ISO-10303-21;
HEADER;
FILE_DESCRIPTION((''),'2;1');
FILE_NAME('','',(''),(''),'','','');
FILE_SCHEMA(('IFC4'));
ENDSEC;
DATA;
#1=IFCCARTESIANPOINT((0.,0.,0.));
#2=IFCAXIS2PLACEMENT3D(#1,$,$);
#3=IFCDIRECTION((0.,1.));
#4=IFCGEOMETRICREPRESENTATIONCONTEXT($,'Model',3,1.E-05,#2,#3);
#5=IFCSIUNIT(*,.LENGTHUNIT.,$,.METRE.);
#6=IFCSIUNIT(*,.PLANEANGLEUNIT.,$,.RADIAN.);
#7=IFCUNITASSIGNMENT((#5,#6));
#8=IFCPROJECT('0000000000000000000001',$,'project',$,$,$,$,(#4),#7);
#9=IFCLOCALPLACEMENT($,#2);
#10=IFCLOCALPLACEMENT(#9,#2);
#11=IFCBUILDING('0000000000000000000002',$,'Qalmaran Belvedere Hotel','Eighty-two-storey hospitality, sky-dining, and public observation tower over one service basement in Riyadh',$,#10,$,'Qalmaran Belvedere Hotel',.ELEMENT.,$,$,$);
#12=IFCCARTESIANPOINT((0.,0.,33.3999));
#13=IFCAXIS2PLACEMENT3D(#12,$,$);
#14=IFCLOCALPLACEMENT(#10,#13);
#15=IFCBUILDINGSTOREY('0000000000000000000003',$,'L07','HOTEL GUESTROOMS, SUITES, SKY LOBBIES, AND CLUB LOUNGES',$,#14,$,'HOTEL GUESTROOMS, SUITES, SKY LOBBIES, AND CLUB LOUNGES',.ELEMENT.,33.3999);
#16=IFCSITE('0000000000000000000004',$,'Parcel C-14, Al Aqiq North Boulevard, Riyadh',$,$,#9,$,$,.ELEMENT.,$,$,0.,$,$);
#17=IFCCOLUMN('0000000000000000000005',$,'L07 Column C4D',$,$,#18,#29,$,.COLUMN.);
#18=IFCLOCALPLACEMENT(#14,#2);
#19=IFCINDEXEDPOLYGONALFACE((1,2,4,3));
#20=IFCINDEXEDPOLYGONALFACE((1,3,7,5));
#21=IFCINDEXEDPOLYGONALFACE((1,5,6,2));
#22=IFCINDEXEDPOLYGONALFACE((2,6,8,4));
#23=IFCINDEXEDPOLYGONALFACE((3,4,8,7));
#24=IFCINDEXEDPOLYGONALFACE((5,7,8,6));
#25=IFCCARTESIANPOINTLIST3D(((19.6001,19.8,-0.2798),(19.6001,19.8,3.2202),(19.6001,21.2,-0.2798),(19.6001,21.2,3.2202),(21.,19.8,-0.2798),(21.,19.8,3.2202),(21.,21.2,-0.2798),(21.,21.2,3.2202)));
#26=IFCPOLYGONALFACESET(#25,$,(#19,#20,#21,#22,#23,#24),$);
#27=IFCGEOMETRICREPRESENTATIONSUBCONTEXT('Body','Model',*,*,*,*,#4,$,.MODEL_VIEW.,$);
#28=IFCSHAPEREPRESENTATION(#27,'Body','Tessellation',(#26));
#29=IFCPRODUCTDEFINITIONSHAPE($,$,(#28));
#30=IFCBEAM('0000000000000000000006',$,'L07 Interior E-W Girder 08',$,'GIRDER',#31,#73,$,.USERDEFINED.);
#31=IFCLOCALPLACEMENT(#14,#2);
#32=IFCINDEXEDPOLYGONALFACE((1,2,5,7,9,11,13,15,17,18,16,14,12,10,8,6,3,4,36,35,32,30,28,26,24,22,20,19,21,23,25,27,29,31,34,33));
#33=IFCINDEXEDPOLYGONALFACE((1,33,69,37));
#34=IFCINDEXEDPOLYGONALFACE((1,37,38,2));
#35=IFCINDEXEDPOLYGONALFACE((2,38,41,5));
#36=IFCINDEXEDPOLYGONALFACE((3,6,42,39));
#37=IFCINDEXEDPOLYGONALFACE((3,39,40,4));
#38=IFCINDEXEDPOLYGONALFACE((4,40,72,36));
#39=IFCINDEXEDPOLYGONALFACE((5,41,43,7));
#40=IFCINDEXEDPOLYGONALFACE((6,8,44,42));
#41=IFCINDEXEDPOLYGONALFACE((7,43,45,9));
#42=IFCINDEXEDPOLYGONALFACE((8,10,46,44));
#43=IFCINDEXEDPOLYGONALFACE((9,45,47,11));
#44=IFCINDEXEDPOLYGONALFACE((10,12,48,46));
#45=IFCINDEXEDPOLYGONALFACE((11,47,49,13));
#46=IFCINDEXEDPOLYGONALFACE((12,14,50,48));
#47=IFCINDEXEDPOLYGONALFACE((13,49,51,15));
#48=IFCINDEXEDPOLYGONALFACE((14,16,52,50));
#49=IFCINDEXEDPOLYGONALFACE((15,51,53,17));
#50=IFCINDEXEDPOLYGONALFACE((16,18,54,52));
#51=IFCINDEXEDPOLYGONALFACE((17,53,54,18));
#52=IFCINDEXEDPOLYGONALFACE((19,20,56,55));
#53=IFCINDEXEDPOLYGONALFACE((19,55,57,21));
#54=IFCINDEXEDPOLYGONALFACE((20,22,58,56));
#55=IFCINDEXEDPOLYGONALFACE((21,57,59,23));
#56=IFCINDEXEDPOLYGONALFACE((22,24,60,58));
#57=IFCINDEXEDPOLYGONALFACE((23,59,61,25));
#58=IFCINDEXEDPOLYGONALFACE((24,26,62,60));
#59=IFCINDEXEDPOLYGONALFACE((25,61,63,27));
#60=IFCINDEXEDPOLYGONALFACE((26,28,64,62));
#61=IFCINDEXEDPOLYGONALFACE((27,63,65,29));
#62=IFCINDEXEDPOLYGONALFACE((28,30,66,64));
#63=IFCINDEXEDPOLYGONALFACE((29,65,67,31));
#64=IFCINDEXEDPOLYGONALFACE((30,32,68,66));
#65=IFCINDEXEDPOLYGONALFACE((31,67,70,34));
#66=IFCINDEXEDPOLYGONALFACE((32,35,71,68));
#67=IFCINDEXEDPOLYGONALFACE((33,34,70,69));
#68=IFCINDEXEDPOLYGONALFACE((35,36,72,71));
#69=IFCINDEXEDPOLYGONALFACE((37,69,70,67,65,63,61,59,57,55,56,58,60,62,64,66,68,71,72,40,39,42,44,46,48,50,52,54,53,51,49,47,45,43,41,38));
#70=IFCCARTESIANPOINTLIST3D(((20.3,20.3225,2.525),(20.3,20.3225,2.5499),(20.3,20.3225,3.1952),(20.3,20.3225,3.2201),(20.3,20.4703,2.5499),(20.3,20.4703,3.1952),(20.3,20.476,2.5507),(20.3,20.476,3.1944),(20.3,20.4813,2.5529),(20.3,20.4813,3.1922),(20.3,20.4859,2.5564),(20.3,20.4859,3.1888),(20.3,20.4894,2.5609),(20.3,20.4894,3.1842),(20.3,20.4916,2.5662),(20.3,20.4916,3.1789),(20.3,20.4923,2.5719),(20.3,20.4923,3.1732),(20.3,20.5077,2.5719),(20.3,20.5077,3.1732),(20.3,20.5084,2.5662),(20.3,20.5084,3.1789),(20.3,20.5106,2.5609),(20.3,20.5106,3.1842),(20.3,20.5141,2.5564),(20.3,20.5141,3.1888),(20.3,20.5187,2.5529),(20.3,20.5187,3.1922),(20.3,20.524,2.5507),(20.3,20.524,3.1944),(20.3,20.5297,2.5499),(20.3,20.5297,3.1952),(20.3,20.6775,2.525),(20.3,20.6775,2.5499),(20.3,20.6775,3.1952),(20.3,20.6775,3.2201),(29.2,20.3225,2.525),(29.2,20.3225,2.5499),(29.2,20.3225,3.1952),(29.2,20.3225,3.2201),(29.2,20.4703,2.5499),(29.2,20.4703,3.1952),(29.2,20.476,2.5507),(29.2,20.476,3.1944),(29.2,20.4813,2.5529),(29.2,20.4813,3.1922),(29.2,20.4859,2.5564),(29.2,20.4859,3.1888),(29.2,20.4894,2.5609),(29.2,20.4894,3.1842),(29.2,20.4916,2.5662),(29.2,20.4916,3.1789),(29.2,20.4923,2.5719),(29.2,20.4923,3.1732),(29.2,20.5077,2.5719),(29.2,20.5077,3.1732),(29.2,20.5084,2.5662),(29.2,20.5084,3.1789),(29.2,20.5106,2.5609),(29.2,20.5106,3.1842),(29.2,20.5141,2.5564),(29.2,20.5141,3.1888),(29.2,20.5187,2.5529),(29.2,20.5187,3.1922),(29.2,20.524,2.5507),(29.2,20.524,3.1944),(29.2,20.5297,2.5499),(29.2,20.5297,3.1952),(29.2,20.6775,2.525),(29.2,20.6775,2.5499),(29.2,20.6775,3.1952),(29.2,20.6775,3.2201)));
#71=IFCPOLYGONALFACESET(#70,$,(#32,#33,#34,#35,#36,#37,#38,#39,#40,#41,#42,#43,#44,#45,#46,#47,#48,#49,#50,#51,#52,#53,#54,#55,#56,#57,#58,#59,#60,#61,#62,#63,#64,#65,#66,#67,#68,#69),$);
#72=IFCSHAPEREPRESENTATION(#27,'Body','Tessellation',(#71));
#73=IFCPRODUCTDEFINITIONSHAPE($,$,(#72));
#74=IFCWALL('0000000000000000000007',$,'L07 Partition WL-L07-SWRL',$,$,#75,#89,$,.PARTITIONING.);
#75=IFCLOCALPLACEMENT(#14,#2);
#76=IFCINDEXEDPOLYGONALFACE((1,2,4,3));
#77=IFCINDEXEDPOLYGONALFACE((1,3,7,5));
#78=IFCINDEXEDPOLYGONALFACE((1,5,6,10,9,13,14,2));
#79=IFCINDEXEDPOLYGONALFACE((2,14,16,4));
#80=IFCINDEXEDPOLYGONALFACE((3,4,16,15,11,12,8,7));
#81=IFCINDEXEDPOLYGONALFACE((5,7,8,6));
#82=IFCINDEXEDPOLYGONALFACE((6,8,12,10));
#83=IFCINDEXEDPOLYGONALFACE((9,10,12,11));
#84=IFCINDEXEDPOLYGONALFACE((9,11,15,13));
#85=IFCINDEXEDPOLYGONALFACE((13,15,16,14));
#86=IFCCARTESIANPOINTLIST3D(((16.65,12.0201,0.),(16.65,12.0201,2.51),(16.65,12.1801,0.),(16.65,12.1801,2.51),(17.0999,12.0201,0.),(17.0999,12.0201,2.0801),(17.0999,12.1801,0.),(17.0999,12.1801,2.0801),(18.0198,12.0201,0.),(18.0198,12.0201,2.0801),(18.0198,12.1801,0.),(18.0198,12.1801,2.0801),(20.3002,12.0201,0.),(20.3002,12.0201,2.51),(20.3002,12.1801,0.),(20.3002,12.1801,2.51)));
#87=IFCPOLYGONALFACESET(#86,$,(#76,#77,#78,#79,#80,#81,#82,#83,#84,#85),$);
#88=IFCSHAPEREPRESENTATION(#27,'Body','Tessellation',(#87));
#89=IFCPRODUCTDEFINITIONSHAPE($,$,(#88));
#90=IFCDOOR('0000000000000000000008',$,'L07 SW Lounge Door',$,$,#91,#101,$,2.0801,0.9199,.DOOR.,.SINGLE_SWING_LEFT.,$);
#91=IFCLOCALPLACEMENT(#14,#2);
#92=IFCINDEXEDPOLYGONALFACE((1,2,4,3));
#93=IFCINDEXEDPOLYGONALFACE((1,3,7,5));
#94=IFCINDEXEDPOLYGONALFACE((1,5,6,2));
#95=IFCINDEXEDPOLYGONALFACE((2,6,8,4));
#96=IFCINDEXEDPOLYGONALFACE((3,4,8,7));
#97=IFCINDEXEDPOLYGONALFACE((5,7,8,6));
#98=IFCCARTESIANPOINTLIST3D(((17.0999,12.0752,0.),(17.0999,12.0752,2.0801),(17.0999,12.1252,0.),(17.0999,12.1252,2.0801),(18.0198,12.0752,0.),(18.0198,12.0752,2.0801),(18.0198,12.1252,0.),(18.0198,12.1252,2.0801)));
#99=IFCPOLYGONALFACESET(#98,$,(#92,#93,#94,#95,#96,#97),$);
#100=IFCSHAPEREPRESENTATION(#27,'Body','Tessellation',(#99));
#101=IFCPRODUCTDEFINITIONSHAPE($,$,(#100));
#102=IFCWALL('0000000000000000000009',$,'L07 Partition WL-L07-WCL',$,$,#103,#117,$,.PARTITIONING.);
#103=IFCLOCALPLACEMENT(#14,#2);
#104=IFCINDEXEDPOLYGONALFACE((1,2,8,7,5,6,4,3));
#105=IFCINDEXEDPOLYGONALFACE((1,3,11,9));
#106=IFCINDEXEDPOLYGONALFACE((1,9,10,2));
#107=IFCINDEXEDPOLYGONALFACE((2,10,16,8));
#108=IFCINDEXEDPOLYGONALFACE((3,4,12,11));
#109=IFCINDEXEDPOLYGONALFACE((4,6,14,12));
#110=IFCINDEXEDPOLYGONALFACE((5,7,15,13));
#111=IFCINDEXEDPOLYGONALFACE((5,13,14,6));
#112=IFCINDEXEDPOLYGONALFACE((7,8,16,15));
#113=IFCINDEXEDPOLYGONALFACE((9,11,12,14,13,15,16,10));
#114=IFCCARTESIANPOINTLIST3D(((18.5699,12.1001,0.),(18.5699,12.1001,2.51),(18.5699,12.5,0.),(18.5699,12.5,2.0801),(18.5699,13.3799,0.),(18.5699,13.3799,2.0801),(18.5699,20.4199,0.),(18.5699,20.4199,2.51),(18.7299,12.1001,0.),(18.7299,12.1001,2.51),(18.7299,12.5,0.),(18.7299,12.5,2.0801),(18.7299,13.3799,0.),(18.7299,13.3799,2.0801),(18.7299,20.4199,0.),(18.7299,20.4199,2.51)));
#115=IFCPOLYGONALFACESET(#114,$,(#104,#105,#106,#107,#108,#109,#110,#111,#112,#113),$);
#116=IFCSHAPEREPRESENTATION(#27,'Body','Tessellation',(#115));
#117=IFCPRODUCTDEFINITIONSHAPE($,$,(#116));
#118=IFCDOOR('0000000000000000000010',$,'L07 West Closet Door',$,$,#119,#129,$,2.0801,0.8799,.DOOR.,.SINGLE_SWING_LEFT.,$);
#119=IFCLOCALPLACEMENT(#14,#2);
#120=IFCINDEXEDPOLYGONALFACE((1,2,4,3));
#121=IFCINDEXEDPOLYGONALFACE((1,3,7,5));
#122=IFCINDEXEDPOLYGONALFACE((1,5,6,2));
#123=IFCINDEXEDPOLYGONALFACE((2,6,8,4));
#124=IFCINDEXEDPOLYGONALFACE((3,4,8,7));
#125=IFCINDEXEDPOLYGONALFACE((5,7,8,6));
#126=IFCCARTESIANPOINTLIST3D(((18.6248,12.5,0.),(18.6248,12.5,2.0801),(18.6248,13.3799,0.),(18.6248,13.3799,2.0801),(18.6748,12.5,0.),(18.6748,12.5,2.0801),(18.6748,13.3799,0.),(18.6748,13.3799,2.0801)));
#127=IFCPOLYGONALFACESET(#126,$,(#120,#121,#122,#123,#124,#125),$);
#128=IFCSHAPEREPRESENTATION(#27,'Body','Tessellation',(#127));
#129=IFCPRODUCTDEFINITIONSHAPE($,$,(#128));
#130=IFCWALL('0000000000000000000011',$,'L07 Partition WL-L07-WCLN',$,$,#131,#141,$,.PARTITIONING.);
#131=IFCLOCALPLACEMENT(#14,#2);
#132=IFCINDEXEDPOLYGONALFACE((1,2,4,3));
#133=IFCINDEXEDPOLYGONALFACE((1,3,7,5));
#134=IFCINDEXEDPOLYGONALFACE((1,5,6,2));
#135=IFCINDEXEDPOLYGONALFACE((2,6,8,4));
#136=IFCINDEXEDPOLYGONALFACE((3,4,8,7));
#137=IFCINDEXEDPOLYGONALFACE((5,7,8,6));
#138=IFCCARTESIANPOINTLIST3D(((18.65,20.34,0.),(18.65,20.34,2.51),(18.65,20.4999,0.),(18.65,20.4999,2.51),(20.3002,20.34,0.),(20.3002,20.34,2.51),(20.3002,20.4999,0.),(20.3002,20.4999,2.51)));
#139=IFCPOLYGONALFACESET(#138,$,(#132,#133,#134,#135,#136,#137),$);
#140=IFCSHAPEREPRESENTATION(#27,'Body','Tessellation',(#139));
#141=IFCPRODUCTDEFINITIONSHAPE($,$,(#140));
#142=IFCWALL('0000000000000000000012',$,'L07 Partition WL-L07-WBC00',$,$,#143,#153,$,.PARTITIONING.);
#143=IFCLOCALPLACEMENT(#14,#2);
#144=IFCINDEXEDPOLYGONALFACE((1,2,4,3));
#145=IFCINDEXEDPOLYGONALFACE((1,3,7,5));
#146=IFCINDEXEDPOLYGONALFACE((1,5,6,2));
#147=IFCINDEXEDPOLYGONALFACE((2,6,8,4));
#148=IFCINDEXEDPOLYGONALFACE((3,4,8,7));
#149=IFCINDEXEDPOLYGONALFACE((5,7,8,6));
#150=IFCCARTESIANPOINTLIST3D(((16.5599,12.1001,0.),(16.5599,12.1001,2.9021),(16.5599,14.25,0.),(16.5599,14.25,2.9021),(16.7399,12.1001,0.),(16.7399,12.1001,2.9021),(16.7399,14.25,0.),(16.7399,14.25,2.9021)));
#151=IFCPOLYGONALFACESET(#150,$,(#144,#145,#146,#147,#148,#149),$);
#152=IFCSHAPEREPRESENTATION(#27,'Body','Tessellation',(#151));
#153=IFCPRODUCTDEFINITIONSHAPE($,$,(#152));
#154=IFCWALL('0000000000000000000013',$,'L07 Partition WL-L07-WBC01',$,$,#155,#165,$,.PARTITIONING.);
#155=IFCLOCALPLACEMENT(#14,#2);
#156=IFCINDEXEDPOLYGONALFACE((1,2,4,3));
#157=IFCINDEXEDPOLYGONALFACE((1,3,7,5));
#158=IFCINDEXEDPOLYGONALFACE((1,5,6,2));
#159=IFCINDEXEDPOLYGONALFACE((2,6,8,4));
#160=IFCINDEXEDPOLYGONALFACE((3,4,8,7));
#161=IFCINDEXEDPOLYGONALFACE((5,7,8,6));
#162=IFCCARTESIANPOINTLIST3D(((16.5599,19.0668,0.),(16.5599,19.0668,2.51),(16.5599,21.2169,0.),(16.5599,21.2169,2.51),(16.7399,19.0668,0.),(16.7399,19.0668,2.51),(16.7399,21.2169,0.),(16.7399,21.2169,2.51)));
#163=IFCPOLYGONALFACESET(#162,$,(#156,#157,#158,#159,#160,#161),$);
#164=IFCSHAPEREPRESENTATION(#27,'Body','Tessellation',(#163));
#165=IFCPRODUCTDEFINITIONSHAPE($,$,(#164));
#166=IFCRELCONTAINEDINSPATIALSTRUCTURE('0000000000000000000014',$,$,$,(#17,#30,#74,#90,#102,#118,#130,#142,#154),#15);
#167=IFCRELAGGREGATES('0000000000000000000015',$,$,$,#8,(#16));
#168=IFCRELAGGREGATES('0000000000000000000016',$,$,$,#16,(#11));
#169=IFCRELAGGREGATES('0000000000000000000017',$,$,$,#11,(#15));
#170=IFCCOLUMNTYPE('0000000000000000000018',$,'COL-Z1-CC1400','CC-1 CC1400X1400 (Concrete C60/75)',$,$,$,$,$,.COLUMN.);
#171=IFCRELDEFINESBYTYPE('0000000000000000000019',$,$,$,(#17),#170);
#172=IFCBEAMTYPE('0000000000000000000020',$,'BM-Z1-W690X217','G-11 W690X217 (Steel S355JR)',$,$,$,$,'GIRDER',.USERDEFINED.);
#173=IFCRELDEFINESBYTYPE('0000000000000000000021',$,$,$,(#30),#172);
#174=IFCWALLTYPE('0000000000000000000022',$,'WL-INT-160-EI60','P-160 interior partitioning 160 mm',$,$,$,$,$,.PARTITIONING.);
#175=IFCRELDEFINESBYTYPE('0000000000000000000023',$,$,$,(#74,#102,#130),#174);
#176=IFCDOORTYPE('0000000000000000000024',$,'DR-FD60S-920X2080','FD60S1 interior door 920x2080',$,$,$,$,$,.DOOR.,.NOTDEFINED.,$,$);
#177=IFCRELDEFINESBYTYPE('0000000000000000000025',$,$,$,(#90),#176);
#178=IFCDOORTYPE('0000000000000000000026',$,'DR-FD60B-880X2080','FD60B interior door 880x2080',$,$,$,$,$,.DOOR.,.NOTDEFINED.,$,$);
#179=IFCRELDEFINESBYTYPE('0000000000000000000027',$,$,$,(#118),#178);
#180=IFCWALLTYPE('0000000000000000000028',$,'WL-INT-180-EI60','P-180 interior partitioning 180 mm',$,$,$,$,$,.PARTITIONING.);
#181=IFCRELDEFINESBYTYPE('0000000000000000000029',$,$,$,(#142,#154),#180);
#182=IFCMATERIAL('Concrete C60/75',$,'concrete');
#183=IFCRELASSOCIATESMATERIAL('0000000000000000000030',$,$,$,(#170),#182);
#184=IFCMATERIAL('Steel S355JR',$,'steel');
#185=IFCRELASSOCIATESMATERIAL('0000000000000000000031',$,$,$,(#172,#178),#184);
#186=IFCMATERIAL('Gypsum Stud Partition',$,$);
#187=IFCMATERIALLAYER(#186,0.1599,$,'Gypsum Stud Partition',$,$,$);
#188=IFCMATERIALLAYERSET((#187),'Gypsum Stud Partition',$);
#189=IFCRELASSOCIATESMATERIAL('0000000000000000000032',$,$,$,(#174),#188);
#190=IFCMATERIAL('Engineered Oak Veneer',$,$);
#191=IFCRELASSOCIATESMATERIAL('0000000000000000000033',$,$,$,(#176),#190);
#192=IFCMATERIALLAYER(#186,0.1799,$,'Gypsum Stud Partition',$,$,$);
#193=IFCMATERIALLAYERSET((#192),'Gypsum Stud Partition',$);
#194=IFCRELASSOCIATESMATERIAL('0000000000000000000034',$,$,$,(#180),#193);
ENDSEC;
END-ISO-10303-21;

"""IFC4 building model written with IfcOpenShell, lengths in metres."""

from ifc_helpers import new_model, si_unit, direction, frame, frame_2d, origin, origin_2d, place, context, subcontext, project, spatial, rectangle, i_section, extrude, material, layer, layer_set, material_profile, profile_set, type_object, element, fill, save


model = new_model("IFC4")

# Units and contexts
model_context = context("Model", 3, precision=1e-05, world=origin(), true_north=direction((0.0, 1.0)))
body_context = subcontext(model_context, "Body", "Model", "MODEL_VIEW")
ifc_project = project(units=[si_unit("LENGTHUNIT", "METRE"), si_unit("PLANEANGLEUNIT", "RADIAN")], contexts=[model_context])

# Site, building, storey
site_placement = place(None, origin())
site = spatial("IfcSite", under=ifc_project, at=site_placement, Name="Parcel C-14, Al Aqiq North Boulevard, Riyadh", CompositionType="ELEMENT", RefElevation=0.0)
building_placement = place(site_placement, origin())
building = spatial("IfcBuilding", under=site, at=building_placement, Name="Qalmaran Belvedere Hotel", Description="Eighty-two-storey hospitality, sky-dining, and public observation tower over one service basement in Riyadh", LongName="Qalmaran Belvedere Hotel", CompositionType="ELEMENT")
storey_placement = place(building_placement, frame((0.0, 0.0, 33.3999)))
storey = spatial("IfcBuildingStorey", under=building, at=storey_placement, Name="L07", Description="HOTEL GUESTROOMS, SUITES, SKY LOBBIES, AND CLUB LOUNGES", LongName="HOTEL GUESTROOMS, SUITES, SKY LOBBIES, AND CLUB LOUNGES", CompositionType="ELEMENT", Elevation=33.3999)

# Column
ifc_material_1 = material(Name="Concrete C60/75", Category="concrete")
ifc_material_profile_1 = material_profile(ifc_material_1, rectangle(XDim=1.3999, YDim=1.3999, at=origin_2d()), Name="CC1400X1400")
ifc_profile_set_1 = profile_set([ifc_material_profile_1], Name="Concrete C60/75")
column_type = type_object("IfcColumnType", Name="COL-Z1-CC1400", Description="CC-1 CC1400X1400 (Concrete C60/75)", PredefinedType="COLUMN", material=ifc_profile_set_1)
column_placement = place(storey_placement, frame((20.3, 20.5, -0.2798), z_axis=(0.0, 0.0, 1.0), x_axis=(1.0, 0.0, 0.0)))
element("IfcColumn", 1, at=column_placement, inside=storey, type_object=column_type, Name="L07 Column C4D", PredefinedType="COLUMN", context=body_context, shape_type="SweptSolid", body=[
    extrude(rectangle(XDim=1.3999, YDim=1.3999, at=origin_2d()), origin(), (0.0, 0.0, 1.0), 3.5),
])

# Beam
ifc_material_2 = material(Name="Steel S355JR", Category="steel")
ifc_material_profile_2 = material_profile(ifc_material_2, i_section(OverallWidth=0.355, OverallDepth=0.6951, WebThickness=0.0154, FlangeThickness=0.0249, FilletRadius=0.022, at=origin_2d()), Name="W690X217")
ifc_profile_set_2 = profile_set([ifc_material_profile_2], Name="Steel S355JR")
beam_type = type_object("IfcBeamType", Name="BM-Z1-W690X217", Description="G-11 W690X217 (Steel S355JR)", ElementType="GIRDER", PredefinedType="USERDEFINED", material=ifc_profile_set_2)
beam_placement = place(storey_placement, frame((20.3, 20.5, 2.8726), z_axis=(1.0, 0.0, 0.0), x_axis=(0.0, 1.0, 0.0)))
element("IfcBeam", 2, at=beam_placement, inside=storey, type_object=beam_type, Name="L07 Interior E-W Girder 08", ObjectType="GIRDER", PredefinedType="USERDEFINED", context=body_context, shape_type="SweptSolid", body=[
    extrude(i_section(OverallWidth=0.355, OverallDepth=0.6951, WebThickness=0.0154, FlangeThickness=0.0249, FilletRadius=0.022, at=origin_2d()), origin(), (0.0, 0.0, 1.0), 8.8999),
])

# Walls, openings, doors
ifc_material_3 = material(Name="Gypsum Stud Partition")
ifc_layer_1 = layer(ifc_material_3, 0.1599, Name="Gypsum Stud Partition")
ifc_layer_set_1 = layer_set([ifc_layer_1], Name="Gypsum Stud Partition")
wall_type_1 = type_object("IfcWallType", Name="WL-INT-160-EI60", Description="P-160 interior partitioning 160 mm", PredefinedType="PARTITIONING", material=ifc_layer_set_1)
wall_1_placement = place(storey_placement, frame((16.6499, 12.1001, 0.0), z_axis=(0.0, 0.0, 1.0), x_axis=(1.0, 0.0, 0.0)))
wall_1 = element("IfcWall", 3, at=wall_1_placement, inside=storey, type_object=wall_type_1, Name="L07 Partition WL-L07-SWRL", PredefinedType="PARTITIONING", context=body_context, shape_type="SweptSolid", body=[
    extrude(rectangle(XDim=3.6501, YDim=0.1599, at=frame_2d((1.8252, 0.0))), origin(), (0.0, 0.0, 1.0), 2.51),
])
opening_1_placement = place(wall_1_placement, frame((1.3699, 0.0, 0.0), z_axis=(0.0, 0.0, 1.0), x_axis=(-1.0, 0.0, 0.0)))
opening_1 = element("IfcOpeningElement", 4, at=opening_1_placement, cuts=wall_1, PredefinedType="OPENING", context=body_context, shape_type="SweptSolid", body=[
    extrude(rectangle(XDim=0.9199, YDim=2.0801, at=frame_2d((0.46, 1.04))), frame((0.0, 0.0898, 0.0), z_axis=(0.0, -1.0, 0.0), x_axis=(1.0, 0.0, 0.0)), (0.0, 0.0, 1.0), 0.1799),
])
ifc_material_4 = material(Name="Engineered Oak Veneer")
door_type_1 = type_object("IfcDoorType", Name="DR-FD60S-920X2080", Description="FD60S1 interior door 920x2080", OperationType="NOTDEFINED", PredefinedType="DOOR", material=ifc_material_4)
door_1_placement = place(opening_1_placement, origin())
door_1 = element("IfcDoor", 5, at=door_1_placement, inside=storey, type_object=door_type_1, Name="L07 SW Lounge Door", OperationType="SINGLE_SWING_LEFT", OverallHeight=2.0801, OverallWidth=0.9199, PredefinedType="DOOR", context=body_context, shape_type="SweptSolid", body=[
    extrude(rectangle(XDim=0.9199, YDim=2.0801, at=frame_2d((0.46, 1.04))), frame((0.0, 0.0249, 0.0), z_axis=(0.0, -1.0, 0.0), x_axis=(1.0, 0.0, 0.0)), (0.0, 0.0, 1.0), 0.05),
])
fill(opening_1, door_1)
wall_2_placement = place(storey_placement, frame((18.6499, 12.1001, 0.0), z_axis=(0.0, 0.0, 1.0), x_axis=(0.0, 1.0, 0.0)))
wall_2 = element("IfcWall", 6, at=wall_2_placement, inside=storey, type_object=wall_type_1, Name="L07 Partition WL-L07-WCL", PredefinedType="PARTITIONING", context=body_context, shape_type="SweptSolid", body=[
    extrude(rectangle(XDim=8.3198, YDim=0.1599, at=frame_2d((4.1599, 0.0))), origin(), (0.0, 0.0, 1.0), 2.51),
])
opening_2_placement = place(wall_2_placement, frame((1.2798, 0.0, 0.0), z_axis=(0.0, 0.0, 1.0), x_axis=(-1.0, 0.0, 0.0)))
opening_2 = element("IfcOpeningElement", 7, at=opening_2_placement, cuts=wall_2, PredefinedType="OPENING", context=body_context, shape_type="SweptSolid", body=[
    extrude(rectangle(XDim=0.8799, YDim=2.0801, at=frame_2d((0.4399, 1.04))), frame((0.0, 0.0898, 0.0), z_axis=(0.0, -1.0, 0.0), x_axis=(1.0, 0.0, 0.0)), (0.0, 0.0, 1.0), 0.1799),
])
door_type_2 = type_object("IfcDoorType", Name="DR-FD60B-880X2080", Description="FD60B interior door 880x2080", OperationType="NOTDEFINED", PredefinedType="DOOR", material=ifc_material_2)
door_2_placement = place(opening_2_placement, origin())
door_2 = element("IfcDoor", 8, at=door_2_placement, inside=storey, type_object=door_type_2, Name="L07 West Closet Door", OperationType="SINGLE_SWING_LEFT", OverallHeight=2.0801, OverallWidth=0.8799, PredefinedType="DOOR", context=body_context, shape_type="SweptSolid", body=[
    extrude(rectangle(XDim=0.8799, YDim=2.0801, at=frame_2d((0.4399, 1.04))), frame((0.0, 0.0249, 0.0), z_axis=(0.0, -1.0, 0.0), x_axis=(1.0, 0.0, 0.0)), (0.0, 0.0, 1.0), 0.05),
])
fill(opening_2, door_2)

# Walls
wall_3_placement = place(storey_placement, frame((18.6499, 20.4199, 0.0), z_axis=(0.0, 0.0, 1.0), x_axis=(1.0, 0.0, 0.0)))
element("IfcWall", 9, at=wall_3_placement, inside=storey, type_object=wall_type_1, Name="L07 Partition WL-L07-WCLN", PredefinedType="PARTITIONING", context=body_context, shape_type="SweptSolid", body=[
    extrude(rectangle(XDim=1.6501, YDim=0.1599, at=frame_2d((0.8252, 0.0))), origin(), (0.0, 0.0, 1.0), 2.51),
])
ifc_layer_2 = layer(ifc_material_3, 0.1799, Name="Gypsum Stud Partition")
ifc_layer_set_2 = layer_set([ifc_layer_2], Name="Gypsum Stud Partition")
wall_type_2 = type_object("IfcWallType", Name="WL-INT-180-EI60", Description="P-180 interior partitioning 180 mm", PredefinedType="PARTITIONING", material=ifc_layer_set_2)
wall_4_placement = place(storey_placement, frame((16.6499, 12.1001, 0.0), z_axis=(0.0, 0.0, 1.0), x_axis=(0.0, 1.0, 0.0)))
element("IfcWall", 10, at=wall_4_placement, inside=storey, type_object=wall_type_2, Name="L07 Partition WL-L07-WBC00", PredefinedType="PARTITIONING", context=body_context, shape_type="SweptSolid", body=[
    extrude(rectangle(XDim=2.1499, YDim=0.1799, at=frame_2d((1.075, 0.0))), origin(), (0.0, 0.0, 1.0), 2.9021),
])

# Wall
wall_5_placement = place(storey_placement, frame((16.6499, 19.0667, 0.0), z_axis=(0.0, 0.0, 1.0), x_axis=(0.0, 1.0, 0.0)))
element("IfcWall", 11, at=wall_5_placement, inside=storey, type_object=wall_type_2, Name="L07 Partition WL-L07-WBC01", PredefinedType="PARTITIONING", context=body_context, shape_type="SweptSolid", body=[
    extrude(rectangle(XDim=2.1501, YDim=0.1799, at=frame_2d((1.0752, 0.0))), origin(), (0.0, 0.0, 1.0), 2.51),
])

save(model, "model.ifc")
